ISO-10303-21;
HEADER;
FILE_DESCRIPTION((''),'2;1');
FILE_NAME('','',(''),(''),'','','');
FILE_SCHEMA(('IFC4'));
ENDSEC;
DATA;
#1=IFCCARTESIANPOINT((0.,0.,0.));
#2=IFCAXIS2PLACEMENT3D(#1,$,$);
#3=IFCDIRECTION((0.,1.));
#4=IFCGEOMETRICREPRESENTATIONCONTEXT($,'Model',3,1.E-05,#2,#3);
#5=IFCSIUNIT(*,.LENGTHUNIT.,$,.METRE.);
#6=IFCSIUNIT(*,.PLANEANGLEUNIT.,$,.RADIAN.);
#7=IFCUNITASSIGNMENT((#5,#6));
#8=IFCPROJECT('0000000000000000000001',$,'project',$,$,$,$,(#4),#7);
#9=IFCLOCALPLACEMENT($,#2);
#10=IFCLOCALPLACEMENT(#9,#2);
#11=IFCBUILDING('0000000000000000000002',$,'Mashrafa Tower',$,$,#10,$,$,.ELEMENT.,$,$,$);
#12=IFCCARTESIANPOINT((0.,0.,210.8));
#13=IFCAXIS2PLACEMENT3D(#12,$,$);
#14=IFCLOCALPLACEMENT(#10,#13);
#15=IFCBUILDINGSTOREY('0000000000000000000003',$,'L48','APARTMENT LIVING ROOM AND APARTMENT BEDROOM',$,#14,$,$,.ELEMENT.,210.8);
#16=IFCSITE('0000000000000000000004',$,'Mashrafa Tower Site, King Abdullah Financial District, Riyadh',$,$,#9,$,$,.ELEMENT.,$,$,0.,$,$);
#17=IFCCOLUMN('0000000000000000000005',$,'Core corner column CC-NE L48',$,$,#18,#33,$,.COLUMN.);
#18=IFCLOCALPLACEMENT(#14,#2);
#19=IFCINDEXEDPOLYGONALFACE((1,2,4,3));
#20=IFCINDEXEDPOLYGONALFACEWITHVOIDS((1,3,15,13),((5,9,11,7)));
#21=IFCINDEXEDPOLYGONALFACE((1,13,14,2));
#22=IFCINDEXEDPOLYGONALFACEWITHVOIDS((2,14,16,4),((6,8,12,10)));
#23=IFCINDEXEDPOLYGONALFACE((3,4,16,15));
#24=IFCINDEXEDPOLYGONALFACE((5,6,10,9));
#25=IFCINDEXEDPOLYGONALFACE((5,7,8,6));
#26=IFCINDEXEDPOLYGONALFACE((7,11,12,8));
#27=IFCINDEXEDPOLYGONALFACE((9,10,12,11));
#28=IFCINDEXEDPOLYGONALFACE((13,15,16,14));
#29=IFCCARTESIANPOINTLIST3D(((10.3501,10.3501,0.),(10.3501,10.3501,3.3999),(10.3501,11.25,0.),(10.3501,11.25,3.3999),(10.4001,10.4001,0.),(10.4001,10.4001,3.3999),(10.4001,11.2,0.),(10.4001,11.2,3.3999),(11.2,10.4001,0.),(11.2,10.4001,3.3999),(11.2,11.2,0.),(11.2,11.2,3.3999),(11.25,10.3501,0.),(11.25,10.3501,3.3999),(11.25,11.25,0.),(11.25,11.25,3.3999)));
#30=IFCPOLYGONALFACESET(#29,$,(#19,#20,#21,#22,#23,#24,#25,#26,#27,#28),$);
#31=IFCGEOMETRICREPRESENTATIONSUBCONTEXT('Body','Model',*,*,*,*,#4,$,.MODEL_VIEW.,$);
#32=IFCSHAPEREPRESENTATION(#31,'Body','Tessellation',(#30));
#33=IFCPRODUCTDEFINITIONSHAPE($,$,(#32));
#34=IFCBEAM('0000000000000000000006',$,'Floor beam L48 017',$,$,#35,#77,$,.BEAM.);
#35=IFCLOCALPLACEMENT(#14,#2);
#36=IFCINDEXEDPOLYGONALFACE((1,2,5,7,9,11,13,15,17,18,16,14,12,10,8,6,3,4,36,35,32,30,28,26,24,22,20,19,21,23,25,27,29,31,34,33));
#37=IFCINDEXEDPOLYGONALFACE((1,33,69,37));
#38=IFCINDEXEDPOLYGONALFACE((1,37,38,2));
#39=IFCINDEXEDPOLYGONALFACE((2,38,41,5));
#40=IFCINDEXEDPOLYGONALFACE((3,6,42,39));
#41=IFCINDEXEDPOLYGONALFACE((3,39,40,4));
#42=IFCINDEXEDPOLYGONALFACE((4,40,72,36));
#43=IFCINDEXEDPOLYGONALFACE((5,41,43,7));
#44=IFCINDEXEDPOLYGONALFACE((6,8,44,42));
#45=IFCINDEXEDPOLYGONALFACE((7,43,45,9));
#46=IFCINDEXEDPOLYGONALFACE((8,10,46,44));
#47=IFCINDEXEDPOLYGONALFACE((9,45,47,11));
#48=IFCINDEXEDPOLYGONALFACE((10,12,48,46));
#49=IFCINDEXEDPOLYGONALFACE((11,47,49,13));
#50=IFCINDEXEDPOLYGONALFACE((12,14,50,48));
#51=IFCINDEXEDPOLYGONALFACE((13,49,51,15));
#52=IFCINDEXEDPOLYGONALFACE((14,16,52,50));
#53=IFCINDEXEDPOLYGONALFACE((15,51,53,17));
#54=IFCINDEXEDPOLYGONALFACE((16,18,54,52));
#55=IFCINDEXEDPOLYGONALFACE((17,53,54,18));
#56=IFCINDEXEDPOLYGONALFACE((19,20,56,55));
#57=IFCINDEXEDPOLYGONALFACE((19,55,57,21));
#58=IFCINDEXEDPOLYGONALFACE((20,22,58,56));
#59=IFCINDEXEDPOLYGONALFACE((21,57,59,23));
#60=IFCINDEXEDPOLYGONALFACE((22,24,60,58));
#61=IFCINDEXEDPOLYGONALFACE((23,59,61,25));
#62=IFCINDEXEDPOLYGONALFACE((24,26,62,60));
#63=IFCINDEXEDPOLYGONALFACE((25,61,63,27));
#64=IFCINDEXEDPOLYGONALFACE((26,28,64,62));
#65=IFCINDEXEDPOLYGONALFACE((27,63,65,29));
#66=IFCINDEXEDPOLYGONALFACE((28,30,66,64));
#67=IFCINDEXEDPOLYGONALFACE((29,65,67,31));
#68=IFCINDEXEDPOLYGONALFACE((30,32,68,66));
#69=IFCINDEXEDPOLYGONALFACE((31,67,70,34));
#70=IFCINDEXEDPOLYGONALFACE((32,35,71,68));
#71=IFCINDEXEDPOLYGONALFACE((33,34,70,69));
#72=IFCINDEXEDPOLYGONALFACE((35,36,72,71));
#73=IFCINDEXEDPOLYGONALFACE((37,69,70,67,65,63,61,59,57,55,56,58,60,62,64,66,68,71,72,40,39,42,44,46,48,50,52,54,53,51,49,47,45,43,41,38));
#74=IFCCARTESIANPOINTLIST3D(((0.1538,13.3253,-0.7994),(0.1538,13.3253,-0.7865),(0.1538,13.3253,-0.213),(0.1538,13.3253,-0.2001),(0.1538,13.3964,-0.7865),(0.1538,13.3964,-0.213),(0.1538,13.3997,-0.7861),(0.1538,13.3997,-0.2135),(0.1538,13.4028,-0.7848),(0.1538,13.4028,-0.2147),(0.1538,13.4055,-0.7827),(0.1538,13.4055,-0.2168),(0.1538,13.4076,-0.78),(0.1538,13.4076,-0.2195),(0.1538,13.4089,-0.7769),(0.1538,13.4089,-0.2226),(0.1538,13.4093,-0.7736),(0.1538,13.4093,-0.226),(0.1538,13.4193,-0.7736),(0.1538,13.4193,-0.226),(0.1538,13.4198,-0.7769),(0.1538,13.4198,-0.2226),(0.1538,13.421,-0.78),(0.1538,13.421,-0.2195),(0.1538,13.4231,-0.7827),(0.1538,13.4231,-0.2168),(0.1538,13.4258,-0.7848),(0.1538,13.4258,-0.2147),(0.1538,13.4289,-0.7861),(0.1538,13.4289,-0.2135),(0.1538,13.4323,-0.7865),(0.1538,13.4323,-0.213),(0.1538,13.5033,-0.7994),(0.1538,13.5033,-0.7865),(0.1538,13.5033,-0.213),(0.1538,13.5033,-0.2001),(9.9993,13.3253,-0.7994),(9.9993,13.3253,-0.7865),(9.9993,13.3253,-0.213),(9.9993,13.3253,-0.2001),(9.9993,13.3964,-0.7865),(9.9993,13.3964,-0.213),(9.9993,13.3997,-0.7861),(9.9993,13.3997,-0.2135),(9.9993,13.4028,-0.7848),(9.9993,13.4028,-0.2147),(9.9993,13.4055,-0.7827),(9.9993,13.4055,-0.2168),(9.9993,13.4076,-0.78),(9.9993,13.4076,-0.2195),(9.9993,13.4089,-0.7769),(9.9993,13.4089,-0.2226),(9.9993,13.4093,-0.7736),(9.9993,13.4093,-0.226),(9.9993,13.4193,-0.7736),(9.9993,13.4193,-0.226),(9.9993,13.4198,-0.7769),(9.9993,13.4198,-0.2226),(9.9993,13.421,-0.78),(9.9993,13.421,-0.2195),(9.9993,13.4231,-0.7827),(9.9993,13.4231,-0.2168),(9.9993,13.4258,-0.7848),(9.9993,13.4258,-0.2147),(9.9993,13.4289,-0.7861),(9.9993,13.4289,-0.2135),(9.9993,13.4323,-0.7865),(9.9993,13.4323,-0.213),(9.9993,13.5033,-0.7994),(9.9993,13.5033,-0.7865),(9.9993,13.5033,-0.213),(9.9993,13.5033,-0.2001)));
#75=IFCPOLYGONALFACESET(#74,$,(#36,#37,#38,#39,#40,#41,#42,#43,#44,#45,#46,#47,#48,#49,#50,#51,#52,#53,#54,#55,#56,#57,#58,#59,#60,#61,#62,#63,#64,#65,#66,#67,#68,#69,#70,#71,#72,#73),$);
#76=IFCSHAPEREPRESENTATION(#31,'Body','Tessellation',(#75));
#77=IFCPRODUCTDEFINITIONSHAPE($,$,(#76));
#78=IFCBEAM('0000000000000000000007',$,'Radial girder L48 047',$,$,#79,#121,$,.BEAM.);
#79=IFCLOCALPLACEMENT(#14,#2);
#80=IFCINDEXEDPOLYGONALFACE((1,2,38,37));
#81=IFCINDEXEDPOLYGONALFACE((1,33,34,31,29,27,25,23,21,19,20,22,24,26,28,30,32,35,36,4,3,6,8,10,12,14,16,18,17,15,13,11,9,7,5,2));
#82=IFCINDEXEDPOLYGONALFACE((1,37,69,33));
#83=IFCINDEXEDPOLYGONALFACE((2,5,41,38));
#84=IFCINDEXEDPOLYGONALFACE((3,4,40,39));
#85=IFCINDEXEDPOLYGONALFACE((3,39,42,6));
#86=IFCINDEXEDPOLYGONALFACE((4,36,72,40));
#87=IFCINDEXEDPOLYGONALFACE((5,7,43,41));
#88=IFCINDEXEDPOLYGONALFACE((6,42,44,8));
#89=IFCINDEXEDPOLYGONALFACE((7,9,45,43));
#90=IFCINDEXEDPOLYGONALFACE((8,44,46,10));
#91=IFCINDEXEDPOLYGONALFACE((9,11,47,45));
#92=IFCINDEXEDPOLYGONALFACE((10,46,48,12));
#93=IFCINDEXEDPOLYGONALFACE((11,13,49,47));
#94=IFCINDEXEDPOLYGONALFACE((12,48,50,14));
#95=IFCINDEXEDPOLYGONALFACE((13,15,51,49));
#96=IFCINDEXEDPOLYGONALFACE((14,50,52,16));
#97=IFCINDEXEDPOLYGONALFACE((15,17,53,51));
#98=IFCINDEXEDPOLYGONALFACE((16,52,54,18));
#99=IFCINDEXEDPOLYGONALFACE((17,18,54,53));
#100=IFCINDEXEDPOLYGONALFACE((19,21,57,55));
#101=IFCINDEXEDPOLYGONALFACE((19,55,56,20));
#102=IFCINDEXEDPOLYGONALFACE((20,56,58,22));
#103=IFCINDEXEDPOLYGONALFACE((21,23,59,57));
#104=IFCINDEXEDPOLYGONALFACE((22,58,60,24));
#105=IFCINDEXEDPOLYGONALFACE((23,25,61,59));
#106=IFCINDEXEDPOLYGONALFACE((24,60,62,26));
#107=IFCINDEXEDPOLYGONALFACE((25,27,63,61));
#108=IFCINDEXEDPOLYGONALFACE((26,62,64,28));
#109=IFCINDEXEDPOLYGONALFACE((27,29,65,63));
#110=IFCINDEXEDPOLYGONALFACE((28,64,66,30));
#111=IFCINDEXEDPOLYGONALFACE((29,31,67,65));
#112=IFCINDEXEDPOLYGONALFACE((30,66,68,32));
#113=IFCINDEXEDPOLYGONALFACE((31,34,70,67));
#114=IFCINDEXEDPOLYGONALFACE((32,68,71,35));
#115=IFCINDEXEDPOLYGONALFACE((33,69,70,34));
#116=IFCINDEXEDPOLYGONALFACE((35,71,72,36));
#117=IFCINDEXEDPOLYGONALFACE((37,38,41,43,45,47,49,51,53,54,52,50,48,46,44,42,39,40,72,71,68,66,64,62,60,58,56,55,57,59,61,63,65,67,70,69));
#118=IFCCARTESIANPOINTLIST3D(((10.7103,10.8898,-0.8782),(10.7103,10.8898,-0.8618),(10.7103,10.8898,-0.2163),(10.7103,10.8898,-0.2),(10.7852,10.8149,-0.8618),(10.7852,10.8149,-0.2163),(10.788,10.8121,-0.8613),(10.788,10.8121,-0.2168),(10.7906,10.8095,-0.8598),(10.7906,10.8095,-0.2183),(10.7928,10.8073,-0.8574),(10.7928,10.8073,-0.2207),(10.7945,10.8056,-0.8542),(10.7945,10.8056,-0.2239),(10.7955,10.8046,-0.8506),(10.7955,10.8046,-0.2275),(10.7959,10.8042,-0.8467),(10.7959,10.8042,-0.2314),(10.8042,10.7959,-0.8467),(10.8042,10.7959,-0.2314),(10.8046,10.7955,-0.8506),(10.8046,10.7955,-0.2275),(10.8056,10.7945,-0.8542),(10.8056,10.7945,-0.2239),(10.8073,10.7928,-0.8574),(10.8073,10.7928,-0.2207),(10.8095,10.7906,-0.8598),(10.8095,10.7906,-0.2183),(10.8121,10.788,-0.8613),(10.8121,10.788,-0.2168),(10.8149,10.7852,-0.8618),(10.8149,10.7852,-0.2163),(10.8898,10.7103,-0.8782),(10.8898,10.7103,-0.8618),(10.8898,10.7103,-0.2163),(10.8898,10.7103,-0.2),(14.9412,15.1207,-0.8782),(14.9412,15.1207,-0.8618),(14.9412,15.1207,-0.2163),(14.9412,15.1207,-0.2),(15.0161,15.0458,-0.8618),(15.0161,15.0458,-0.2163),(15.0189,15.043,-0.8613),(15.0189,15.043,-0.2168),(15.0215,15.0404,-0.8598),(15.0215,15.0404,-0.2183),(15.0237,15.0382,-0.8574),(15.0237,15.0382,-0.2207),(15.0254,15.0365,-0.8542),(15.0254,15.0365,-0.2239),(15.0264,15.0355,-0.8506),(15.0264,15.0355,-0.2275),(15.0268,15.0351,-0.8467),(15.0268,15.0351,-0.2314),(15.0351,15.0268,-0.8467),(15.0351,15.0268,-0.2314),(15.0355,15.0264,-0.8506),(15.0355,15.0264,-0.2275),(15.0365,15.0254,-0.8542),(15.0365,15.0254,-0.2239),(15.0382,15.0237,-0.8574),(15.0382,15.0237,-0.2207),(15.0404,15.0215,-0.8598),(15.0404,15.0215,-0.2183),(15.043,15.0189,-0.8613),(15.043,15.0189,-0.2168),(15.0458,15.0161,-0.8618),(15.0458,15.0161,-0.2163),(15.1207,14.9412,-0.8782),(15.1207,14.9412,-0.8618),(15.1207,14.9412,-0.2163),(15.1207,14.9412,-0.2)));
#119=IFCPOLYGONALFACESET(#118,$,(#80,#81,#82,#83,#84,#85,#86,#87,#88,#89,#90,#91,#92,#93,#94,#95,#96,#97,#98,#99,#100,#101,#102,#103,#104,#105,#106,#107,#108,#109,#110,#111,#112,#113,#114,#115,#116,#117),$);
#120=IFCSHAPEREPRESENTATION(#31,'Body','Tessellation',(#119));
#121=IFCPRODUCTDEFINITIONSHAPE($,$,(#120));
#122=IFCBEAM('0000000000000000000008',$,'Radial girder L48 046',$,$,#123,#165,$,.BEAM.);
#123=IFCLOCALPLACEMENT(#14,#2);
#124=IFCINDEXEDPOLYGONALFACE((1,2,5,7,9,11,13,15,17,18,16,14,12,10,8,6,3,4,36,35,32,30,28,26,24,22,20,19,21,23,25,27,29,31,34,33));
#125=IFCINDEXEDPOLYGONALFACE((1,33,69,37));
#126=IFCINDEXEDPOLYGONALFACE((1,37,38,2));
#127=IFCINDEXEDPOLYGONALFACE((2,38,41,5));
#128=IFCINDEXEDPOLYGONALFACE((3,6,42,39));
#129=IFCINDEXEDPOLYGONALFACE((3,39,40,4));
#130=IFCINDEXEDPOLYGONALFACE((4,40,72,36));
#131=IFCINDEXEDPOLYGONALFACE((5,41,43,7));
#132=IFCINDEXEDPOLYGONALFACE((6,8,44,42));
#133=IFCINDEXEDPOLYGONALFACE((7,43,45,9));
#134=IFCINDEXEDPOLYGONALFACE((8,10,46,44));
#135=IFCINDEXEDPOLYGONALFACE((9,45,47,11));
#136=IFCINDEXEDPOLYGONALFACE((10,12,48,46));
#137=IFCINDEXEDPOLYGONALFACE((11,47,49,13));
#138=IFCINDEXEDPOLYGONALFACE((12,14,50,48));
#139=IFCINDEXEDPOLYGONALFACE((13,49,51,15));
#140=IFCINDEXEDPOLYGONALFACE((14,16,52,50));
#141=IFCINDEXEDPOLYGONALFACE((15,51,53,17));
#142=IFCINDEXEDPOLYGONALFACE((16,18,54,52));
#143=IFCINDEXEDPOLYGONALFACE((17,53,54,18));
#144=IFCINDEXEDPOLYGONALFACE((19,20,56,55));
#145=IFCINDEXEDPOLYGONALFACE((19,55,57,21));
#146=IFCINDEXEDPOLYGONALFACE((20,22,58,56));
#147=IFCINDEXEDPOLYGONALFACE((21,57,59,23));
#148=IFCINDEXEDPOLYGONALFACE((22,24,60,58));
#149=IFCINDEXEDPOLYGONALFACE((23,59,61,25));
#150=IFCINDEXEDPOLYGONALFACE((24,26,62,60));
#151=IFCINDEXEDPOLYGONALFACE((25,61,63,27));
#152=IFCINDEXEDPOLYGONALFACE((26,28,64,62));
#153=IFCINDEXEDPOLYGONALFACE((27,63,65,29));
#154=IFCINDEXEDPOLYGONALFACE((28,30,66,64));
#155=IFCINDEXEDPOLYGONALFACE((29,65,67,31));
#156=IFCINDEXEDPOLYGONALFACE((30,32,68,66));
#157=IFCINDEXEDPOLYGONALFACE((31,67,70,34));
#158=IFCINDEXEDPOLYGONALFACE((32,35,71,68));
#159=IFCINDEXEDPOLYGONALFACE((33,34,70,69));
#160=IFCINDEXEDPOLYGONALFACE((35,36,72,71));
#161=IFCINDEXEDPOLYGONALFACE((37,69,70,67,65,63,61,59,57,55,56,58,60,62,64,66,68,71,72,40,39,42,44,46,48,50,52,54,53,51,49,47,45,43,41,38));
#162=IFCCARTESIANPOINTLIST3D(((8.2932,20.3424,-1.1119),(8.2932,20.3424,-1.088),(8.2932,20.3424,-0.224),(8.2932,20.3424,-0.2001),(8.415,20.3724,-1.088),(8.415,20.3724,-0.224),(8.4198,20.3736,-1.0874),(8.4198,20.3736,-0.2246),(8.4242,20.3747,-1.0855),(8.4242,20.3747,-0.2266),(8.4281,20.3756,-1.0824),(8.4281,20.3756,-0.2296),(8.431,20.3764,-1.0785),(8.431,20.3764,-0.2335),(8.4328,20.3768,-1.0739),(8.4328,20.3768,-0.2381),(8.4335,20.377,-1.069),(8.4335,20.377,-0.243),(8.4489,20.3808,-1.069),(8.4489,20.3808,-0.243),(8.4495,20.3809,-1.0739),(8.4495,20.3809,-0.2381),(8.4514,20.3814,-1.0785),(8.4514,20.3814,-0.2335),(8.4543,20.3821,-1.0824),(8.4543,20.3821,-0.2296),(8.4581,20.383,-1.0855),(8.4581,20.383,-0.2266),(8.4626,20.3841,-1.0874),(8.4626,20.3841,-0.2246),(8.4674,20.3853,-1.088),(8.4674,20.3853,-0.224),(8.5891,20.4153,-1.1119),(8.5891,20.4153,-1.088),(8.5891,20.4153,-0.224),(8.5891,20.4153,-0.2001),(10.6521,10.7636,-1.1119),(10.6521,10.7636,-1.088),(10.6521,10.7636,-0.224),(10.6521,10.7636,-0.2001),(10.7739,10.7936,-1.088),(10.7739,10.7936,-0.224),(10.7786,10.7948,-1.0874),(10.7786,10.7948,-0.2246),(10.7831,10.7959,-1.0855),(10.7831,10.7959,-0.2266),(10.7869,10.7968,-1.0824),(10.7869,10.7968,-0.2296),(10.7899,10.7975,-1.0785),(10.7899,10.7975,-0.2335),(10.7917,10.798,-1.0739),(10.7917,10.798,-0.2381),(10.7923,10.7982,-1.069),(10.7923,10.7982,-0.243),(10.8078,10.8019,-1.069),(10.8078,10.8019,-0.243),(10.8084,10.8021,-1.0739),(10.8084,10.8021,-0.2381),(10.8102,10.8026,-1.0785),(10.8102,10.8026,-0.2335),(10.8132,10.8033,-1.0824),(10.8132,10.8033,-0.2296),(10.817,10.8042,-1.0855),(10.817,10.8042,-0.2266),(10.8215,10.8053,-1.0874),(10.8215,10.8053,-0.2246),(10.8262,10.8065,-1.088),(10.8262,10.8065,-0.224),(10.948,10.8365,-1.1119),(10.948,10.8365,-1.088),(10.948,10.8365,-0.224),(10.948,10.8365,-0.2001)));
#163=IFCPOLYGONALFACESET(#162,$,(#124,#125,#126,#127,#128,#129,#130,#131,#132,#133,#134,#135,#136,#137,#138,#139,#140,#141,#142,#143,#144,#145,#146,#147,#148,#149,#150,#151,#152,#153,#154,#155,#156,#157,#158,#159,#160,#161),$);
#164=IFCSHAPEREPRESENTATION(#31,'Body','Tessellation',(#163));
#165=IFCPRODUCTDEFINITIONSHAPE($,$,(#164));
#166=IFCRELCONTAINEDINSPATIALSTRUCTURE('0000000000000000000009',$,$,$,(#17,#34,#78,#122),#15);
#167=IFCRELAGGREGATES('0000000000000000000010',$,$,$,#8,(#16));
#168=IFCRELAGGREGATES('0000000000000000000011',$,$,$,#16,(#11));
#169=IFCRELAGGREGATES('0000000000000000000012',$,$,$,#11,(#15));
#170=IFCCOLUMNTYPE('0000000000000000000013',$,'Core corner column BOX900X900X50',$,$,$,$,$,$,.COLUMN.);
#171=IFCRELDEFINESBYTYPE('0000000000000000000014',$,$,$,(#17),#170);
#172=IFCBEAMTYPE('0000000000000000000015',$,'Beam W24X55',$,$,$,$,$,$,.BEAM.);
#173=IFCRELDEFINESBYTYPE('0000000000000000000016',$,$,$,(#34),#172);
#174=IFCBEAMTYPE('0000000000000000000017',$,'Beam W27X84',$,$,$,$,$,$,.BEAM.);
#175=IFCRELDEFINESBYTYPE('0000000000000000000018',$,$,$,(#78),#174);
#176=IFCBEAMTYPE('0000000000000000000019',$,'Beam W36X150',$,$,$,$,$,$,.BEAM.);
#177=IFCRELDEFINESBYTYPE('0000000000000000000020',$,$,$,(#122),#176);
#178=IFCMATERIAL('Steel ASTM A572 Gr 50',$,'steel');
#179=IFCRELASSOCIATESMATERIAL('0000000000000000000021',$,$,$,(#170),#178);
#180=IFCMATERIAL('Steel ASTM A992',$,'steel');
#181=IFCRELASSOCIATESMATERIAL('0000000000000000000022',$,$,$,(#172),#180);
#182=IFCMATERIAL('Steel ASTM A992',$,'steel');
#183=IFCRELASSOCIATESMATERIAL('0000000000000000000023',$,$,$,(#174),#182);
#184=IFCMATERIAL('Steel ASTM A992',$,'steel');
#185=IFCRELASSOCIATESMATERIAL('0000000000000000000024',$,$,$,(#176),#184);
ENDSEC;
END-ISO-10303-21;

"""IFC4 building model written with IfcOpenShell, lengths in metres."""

from ifc_helpers import new_model, si_unit, direction, frame, origin, origin_2d, place, context, subcontext, project, spatial, hollow_rectangle, i_section, extrude, material, material_profile, profile_set, type_object, element, save


model = new_model("IFC4")

# Units and contexts
model_context = context("Model", 3, precision=1e-05, world=origin(), true_north=direction((0.0, 1.0)))
body_context = subcontext(model_context, "Body", "Model", "MODEL_VIEW")
ifc_project = project(units=[si_unit("LENGTHUNIT", "METRE"), si_unit("PLANEANGLEUNIT", "RADIAN")], contexts=[model_context])

# Site, building, storey
site_placement = place(None, origin())
site = spatial("IfcSite", under=ifc_project, at=site_placement, Name="Mashrafa Tower Site, King Abdullah Financial District, Riyadh", CompositionType="ELEMENT", RefElevation=0.0)
building_placement = place(site_placement, origin())
building = spatial("IfcBuilding", under=site, at=building_placement, Name="Mashrafa Tower", CompositionType="ELEMENT")
storey_placement = place(building_placement, frame((0.0, 0.0, 210.8)))
storey = spatial("IfcBuildingStorey", under=building, at=storey_placement, Name="L48", Description="APARTMENT LIVING ROOM AND APARTMENT BEDROOM", CompositionType="ELEMENT", Elevation=210.8)

# Column
ifc_material_1 = material(Name="Steel ASTM A572 Gr 50", Category="steel")
ifc_material_profile_1 = material_profile(ifc_material_1, hollow_rectangle(XDim=0.8999, YDim=0.8999, WallThickness=0.05, at=origin_2d()), Name="BOX900X900X50")
ifc_profile_set_1 = profile_set([ifc_material_profile_1], Name="Steel ASTM A572 Gr 50")
column_type = type_object("IfcColumnType", Name="Core corner column BOX900X900X50", PredefinedType="COLUMN", material=ifc_profile_set_1)
column_placement = place(storey_placement, frame((10.8, 10.8, 0.0), z_axis=(0.0, 0.0, 1.0), x_axis=(1.0, 0.0, 0.0)))
element("IfcColumn", 1, at=column_placement, inside=storey, type_object=column_type, Name="Core corner column CC-NE L48", PredefinedType="COLUMN", context=body_context, shape_type="SweptSolid", body=[
    extrude(hollow_rectangle(XDim=0.8999, YDim=0.8999, WallThickness=0.05, at=origin_2d()), origin(), (0.0, 0.0, 1.0), 3.3999),
])

# Beams
ifc_material_2 = material(Name="Steel ASTM A992", Category="steel")
ifc_material_profile_2 = material_profile(ifc_material_2, i_section(OverallWidth=0.178, OverallDepth=0.5994, WebThickness=0.01, FlangeThickness=0.0129, FilletRadius=0.0129, at=origin_2d()), Name="W24X55")
ifc_profile_set_2 = profile_set([ifc_material_profile_2], Name="Steel ASTM A992")
beam_type_1 = type_object("IfcBeamType", Name="Beam W24X55", PredefinedType="BEAM", material=ifc_profile_set_2)
beam_1_placement = place(storey_placement, frame((0.1538, 13.4143, -0.4998), z_axis=(1.0, 0.0, 0.0), x_axis=(0.0, 1.0, 0.0)))
element("IfcBeam", 2, at=beam_1_placement, inside=storey, type_object=beam_type_1, Name="Floor beam L48 017", PredefinedType="BEAM", context=body_context, shape_type="SweptSolid", body=[
    extrude(i_section(OverallWidth=0.178, OverallDepth=0.5994, WebThickness=0.01, FlangeThickness=0.0129, FilletRadius=0.0129, at=origin_2d()), origin(), (0.0, 0.0, 1.0), 9.8455),
])
ifc_material_3 = material(Name="Steel ASTM A992", Category="steel")
ifc_material_profile_3 = material_profile(ifc_material_3, i_section(OverallWidth=0.2539, OverallDepth=0.6782, WebThickness=0.0117, FlangeThickness=0.0164, FilletRadius=0.0151, at=origin_2d()), Name="W27X84")
ifc_profile_set_3 = profile_set([ifc_material_profile_3], Name="Steel ASTM A992")
beam_type_2 = type_object("IfcBeamType", Name="Beam W27X84", PredefinedType="BEAM", material=ifc_profile_set_3)
beam_2_placement = place(storey_placement, frame((10.8, 10.8, -0.5391), z_axis=(0.707107, 0.707107, 0.0), x_axis=(-0.707107, 0.707107, 0.0)))
element("IfcBeam", 3, at=beam_2_placement, inside=storey, type_object=beam_type_2, Name="Radial girder L48 047", PredefinedType="BEAM", context=body_context, shape_type="SweptSolid", body=[
    extrude(i_section(OverallWidth=0.2539, OverallDepth=0.6782, WebThickness=0.0117, FlangeThickness=0.0164, FilletRadius=0.0151, at=origin_2d()), origin(), (0.0, 0.0, 1.0), 5.9834),
])
ifc_material_4 = material(Name="Steel ASTM A992", Category="steel")
ifc_material_profile_4 = material_profile(ifc_material_4, i_section(OverallWidth=0.3047, OverallDepth=0.9119, WebThickness=0.0159, FlangeThickness=0.0239, FilletRadius=0.019, at=origin_2d()), Name="W36X150")
ifc_profile_set_4 = profile_set([ifc_material_profile_4], Name="Steel ASTM A992")
beam_type_3 = type_object("IfcBeamType", Name="Beam W36X150", PredefinedType="BEAM", material=ifc_profile_set_4)
for number, where, z_axis, x_axis, name in (
    (4, (10.8, 10.8, -0.656), (-0.239116, 0.970991, 0.0), (-0.970991, -0.239116, 0.0), "Radial girder L48 046"),
):
    element("IfcBeam", number, at=place(storey_placement, frame(where, z_axis=z_axis, x_axis=x_axis)), inside=storey, type_object=beam_type_3, Name=name, PredefinedType="BEAM", context=body_context, shape_type="SweptSolid", body=[
        extrude(i_section(OverallWidth=0.3047, OverallDepth=0.9119, WebThickness=0.0159, FlangeThickness=0.0239, FilletRadius=0.019, at=origin_2d()), origin(), (0.0, 0.0, 1.0), 9.865),
    ])

save(model, "model.ifc")
